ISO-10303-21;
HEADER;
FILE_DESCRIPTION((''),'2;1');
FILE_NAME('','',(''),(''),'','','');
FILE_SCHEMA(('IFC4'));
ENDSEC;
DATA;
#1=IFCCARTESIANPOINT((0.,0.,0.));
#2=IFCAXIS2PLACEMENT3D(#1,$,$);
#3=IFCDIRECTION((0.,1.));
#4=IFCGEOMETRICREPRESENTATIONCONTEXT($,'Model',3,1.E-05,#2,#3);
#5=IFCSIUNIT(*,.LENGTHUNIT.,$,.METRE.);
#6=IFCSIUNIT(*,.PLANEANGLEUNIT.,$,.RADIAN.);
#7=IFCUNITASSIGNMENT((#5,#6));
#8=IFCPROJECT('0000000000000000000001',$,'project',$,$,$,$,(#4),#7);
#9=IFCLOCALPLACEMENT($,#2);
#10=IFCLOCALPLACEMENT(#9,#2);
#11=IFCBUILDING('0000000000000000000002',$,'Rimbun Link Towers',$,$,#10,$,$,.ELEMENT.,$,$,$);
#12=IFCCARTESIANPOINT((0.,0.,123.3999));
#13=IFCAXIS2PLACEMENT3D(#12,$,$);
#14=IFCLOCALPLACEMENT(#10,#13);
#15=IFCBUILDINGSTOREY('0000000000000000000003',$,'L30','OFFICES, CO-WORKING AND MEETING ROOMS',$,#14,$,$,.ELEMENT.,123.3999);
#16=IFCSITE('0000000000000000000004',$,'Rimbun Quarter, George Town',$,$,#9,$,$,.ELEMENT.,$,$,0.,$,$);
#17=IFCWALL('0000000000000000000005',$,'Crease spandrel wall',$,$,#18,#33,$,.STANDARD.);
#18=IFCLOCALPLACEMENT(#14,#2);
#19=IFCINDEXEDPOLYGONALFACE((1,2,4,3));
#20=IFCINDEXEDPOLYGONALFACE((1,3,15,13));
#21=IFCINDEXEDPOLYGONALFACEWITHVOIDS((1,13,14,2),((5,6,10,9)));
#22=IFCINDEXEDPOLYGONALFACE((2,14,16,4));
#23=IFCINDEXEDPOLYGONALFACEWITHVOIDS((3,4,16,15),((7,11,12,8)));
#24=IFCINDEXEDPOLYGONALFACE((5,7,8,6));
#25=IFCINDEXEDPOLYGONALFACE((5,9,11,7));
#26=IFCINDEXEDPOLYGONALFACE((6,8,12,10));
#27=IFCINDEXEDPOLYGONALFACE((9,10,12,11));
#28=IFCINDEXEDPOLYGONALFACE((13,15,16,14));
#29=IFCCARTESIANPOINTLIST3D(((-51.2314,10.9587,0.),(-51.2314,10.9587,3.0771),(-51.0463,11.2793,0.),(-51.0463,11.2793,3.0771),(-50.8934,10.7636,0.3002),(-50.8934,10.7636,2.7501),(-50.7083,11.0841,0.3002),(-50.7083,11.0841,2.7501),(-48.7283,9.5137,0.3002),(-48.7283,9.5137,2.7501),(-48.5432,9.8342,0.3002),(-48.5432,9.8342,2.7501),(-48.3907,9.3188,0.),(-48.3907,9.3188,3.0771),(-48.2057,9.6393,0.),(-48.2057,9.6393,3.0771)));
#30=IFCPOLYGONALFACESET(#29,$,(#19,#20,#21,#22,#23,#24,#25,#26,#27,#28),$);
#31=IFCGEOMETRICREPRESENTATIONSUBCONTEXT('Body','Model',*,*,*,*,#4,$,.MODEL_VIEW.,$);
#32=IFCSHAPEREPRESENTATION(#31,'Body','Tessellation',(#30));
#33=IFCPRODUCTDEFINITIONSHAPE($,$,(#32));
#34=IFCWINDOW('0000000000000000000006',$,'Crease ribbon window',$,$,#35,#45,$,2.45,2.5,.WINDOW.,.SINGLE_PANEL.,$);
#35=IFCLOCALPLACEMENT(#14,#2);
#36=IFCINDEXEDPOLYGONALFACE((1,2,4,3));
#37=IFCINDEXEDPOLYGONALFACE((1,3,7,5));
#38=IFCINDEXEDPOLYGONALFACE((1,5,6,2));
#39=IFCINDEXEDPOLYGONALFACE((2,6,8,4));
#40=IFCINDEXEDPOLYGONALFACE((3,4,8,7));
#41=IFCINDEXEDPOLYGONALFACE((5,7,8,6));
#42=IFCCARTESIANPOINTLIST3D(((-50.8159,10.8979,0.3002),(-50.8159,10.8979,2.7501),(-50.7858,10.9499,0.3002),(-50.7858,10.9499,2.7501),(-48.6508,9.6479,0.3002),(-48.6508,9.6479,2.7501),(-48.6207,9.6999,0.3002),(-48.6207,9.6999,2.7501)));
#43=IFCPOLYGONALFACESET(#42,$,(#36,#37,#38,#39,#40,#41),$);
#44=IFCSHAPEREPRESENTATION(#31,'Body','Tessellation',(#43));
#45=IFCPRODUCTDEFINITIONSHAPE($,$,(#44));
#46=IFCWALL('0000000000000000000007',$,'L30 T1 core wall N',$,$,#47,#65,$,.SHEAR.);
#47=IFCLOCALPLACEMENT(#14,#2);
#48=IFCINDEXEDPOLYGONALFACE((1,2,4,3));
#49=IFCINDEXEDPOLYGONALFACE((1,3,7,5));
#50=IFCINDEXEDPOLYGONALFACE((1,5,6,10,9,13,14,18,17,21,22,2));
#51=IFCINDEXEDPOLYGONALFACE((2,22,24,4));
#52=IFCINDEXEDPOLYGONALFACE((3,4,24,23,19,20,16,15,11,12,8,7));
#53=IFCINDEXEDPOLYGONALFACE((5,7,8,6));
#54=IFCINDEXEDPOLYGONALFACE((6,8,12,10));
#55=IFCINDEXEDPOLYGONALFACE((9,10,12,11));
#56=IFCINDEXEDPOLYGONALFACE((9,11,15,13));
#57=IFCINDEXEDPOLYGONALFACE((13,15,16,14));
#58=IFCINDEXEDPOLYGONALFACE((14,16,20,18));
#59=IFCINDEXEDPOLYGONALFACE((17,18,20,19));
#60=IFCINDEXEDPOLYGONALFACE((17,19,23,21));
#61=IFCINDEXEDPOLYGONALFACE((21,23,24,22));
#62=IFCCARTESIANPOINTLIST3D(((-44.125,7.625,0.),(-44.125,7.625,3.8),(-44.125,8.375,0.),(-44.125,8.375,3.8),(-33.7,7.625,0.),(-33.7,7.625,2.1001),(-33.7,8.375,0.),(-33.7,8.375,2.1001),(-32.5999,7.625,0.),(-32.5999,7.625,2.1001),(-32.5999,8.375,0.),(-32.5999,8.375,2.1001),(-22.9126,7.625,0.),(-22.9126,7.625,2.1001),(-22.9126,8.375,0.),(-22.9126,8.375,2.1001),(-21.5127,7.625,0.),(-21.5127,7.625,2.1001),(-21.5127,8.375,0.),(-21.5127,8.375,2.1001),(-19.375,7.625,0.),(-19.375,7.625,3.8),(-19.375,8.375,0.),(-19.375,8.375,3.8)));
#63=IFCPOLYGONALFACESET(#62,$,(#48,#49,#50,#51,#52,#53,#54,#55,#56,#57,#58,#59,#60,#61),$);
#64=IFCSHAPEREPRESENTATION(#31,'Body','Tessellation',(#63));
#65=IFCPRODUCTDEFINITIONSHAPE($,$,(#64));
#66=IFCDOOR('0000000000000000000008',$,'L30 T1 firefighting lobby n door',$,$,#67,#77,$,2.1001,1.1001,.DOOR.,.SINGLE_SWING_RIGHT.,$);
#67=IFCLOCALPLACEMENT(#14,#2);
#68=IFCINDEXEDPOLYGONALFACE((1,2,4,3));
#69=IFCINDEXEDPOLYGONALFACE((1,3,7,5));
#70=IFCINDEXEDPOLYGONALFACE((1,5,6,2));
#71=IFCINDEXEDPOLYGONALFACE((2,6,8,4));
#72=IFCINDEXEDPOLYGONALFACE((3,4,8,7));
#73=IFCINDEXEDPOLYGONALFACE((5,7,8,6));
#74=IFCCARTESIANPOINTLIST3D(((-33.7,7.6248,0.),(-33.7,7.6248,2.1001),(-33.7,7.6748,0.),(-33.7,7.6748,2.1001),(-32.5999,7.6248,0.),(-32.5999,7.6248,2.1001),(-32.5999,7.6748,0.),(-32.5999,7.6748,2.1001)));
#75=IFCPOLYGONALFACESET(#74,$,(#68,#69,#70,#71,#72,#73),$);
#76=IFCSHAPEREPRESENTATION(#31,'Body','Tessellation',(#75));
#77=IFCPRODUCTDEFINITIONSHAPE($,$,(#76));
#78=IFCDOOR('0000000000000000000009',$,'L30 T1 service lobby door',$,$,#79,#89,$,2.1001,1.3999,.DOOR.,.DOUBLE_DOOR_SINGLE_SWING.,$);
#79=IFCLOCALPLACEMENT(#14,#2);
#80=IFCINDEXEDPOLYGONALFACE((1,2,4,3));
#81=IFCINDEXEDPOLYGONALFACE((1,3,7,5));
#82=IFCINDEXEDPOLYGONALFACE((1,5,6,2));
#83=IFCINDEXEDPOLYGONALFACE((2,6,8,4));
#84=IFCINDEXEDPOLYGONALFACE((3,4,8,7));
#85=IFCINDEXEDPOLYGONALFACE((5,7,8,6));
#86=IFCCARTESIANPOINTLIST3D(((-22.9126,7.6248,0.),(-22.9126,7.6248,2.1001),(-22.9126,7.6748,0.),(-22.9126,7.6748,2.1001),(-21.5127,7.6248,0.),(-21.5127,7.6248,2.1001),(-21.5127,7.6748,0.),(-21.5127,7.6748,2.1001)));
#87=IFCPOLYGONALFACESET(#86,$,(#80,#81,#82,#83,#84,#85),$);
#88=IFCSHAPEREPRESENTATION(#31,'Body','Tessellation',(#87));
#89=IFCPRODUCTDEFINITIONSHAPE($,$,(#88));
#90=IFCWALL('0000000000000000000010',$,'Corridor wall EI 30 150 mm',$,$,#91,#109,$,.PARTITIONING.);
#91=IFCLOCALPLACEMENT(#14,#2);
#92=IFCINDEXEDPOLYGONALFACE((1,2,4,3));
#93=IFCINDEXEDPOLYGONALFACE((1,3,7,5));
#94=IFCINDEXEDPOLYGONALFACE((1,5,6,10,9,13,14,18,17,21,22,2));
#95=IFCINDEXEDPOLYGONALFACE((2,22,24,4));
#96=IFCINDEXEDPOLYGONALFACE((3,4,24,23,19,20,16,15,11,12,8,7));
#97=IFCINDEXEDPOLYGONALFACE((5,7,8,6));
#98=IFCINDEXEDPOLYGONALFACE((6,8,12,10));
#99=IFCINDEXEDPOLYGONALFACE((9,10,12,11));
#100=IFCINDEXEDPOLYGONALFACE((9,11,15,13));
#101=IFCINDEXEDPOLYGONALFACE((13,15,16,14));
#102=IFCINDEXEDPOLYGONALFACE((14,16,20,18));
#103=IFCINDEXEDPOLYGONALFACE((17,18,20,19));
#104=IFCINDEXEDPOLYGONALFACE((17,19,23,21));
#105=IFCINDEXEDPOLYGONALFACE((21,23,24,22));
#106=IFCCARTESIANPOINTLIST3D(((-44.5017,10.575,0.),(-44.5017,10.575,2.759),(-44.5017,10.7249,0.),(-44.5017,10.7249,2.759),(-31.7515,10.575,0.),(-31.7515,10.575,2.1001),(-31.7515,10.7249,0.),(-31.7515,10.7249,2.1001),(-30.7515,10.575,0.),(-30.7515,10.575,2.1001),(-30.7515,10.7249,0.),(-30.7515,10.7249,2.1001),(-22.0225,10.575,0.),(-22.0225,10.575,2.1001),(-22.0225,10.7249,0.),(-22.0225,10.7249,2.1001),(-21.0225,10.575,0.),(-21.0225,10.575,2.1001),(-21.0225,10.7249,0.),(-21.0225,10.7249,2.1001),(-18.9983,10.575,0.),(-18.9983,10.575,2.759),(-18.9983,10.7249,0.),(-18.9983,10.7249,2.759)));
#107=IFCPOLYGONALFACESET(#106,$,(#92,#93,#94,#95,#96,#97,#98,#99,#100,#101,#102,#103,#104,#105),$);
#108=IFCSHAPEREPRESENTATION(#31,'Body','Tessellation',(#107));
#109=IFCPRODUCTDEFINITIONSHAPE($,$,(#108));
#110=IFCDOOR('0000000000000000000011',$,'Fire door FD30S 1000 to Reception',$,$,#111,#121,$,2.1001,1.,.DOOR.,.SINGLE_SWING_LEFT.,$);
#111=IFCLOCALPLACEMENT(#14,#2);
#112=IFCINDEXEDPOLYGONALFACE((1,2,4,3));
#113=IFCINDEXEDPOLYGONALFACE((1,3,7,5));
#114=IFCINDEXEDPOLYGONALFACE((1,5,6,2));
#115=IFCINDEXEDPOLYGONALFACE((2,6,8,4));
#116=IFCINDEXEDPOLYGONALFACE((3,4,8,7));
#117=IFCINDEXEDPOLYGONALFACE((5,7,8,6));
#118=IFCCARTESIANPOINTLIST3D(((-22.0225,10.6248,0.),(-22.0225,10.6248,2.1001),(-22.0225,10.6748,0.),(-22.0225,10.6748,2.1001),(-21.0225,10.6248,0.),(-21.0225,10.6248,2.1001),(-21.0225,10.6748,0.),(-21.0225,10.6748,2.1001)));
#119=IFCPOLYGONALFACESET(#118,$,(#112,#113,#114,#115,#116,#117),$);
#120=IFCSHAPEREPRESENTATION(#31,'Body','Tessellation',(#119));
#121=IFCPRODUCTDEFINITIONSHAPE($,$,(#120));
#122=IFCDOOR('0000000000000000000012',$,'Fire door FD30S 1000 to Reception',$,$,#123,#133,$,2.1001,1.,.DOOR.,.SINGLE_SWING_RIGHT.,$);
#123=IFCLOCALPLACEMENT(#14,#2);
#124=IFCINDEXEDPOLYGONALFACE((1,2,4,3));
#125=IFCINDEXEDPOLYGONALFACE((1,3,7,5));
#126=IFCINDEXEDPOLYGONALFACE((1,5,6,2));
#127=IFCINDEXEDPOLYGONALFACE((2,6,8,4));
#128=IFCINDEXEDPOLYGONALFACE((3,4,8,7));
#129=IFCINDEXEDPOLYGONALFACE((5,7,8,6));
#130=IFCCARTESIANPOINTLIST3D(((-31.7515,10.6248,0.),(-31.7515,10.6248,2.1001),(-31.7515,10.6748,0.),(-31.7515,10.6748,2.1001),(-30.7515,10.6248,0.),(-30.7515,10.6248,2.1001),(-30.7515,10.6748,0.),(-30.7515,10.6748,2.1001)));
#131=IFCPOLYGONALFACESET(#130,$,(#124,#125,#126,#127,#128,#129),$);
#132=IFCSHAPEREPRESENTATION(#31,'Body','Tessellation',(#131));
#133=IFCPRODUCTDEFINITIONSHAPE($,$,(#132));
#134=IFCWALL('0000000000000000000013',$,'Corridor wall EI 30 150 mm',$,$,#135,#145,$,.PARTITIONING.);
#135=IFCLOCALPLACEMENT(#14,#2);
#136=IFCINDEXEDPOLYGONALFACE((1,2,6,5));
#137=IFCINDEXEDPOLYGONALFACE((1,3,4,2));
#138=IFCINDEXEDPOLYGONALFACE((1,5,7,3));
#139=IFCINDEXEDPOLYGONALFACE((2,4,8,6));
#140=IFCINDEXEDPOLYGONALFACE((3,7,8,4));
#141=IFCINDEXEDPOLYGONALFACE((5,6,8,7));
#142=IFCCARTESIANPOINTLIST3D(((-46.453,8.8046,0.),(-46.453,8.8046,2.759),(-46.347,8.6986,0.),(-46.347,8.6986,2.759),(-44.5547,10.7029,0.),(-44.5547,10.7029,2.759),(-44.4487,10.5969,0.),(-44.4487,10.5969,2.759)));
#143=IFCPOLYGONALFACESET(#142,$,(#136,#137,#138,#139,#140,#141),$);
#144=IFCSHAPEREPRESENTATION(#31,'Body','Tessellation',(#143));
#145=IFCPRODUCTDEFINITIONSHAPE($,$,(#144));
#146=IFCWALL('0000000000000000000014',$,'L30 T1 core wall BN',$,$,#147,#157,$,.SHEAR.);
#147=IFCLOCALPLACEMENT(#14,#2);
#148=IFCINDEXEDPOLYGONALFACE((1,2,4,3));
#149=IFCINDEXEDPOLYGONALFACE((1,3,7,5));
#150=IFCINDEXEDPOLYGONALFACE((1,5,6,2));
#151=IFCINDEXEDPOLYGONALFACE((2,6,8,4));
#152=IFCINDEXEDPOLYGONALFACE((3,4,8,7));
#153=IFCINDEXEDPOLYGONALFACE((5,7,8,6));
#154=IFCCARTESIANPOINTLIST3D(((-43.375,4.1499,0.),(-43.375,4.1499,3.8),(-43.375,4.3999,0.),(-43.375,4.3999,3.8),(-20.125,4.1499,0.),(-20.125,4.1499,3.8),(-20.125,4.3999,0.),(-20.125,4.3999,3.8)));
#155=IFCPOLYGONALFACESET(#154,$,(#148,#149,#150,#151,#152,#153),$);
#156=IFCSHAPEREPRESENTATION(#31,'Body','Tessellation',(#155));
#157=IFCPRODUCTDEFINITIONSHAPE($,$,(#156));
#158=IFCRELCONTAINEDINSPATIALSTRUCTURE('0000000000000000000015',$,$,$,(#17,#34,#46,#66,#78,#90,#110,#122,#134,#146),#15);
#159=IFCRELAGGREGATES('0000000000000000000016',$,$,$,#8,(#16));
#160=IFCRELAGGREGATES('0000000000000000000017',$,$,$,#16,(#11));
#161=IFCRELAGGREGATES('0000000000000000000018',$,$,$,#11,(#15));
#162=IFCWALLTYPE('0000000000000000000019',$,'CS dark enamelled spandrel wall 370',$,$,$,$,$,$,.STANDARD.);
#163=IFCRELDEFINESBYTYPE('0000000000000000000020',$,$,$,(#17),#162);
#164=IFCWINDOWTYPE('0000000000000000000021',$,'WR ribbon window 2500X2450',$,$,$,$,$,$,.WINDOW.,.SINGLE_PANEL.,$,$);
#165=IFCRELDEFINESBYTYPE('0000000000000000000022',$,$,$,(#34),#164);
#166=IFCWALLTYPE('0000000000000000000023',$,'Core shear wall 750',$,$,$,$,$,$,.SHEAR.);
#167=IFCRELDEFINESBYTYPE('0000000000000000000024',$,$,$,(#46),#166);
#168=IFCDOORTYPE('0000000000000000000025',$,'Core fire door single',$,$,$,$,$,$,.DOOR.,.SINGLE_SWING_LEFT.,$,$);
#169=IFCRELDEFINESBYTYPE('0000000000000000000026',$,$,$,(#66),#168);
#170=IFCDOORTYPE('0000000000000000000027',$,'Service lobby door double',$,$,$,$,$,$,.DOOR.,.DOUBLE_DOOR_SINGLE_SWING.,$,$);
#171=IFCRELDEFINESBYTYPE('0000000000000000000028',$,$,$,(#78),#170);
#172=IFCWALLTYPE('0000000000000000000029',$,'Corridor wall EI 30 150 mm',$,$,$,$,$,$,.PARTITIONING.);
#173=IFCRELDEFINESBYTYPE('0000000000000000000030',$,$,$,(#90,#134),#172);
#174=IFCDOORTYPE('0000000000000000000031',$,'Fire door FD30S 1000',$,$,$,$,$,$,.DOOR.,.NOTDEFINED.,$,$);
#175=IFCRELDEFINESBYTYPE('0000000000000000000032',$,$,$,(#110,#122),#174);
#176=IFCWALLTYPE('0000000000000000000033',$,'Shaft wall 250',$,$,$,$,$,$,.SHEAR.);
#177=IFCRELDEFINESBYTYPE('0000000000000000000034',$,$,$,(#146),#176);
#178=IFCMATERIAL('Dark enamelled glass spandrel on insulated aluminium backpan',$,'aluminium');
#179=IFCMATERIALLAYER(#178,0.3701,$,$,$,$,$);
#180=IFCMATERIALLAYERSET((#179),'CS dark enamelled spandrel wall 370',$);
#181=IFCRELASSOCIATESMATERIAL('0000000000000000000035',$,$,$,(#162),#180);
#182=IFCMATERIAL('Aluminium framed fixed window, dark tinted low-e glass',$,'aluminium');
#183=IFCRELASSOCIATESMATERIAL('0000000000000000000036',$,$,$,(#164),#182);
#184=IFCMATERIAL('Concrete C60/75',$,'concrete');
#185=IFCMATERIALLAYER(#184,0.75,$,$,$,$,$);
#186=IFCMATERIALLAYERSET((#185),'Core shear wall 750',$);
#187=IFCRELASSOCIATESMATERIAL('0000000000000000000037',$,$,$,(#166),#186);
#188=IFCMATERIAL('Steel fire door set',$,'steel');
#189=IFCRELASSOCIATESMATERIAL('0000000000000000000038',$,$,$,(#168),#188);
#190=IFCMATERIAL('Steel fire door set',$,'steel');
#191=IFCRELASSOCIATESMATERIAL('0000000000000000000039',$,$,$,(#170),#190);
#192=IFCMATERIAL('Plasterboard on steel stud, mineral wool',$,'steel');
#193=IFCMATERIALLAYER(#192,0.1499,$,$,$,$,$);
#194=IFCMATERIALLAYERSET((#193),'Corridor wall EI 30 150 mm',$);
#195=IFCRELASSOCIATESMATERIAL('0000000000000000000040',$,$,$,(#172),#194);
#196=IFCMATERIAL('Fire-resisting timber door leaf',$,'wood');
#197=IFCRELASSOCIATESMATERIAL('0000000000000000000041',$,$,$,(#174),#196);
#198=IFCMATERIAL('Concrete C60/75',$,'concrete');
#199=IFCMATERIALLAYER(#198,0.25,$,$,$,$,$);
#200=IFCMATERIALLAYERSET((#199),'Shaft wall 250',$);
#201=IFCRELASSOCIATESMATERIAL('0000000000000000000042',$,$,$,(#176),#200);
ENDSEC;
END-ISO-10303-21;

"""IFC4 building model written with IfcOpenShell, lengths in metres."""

from ifc_helpers import new_model, si_unit, direction, frame, frame_2d, origin, place, context, subcontext, project, spatial, rectangle, extrude, material, layer, layer_set, type_object, element, fill, save


model = new_model("IFC4")

# Units and contexts
model_context = context("Model", 3, precision=1e-05, world=origin(), true_north=direction((0.0, 1.0)))
body_context = subcontext(model_context, "Body", "Model", "MODEL_VIEW")
ifc_project = project(units=[si_unit("LENGTHUNIT", "METRE"), si_unit("PLANEANGLEUNIT", "RADIAN")], contexts=[model_context])

# Site, building, storey
site_placement = place(None, origin())
site = spatial("IfcSite", under=ifc_project, at=site_placement, Name="Rimbun Quarter, George Town", CompositionType="ELEMENT", RefElevation=0.0)
building_placement = place(site_placement, origin())
building = spatial("IfcBuilding", under=site, at=building_placement, Name="Rimbun Link Towers", CompositionType="ELEMENT")
storey_placement = place(building_placement, frame((0.0, 0.0, 123.3999)))
storey = spatial("IfcBuildingStorey", under=building, at=storey_placement, Name="L30", Description="OFFICES, CO-WORKING AND MEETING ROOMS", CompositionType="ELEMENT", Elevation=123.3999)

# Wall, opening, window
ifc_material_1 = material(Name="Dark enamelled glass spandrel on insulated aluminium backpan", Category="aluminium")
ifc_layer_1 = layer(ifc_material_1, 0.3701)
ifc_layer_set_1 = layer_set([ifc_layer_1], Name="CS dark enamelled spandrel wall 370")
wall_type_1 = type_object("IfcWallType", Name="CS dark enamelled spandrel wall 370", PredefinedType="STANDARD", material=ifc_layer_set_1)
wall_1_placement = place(storey_placement, frame((-48.2981, 9.479, 0.0), z_axis=(0.0, 0.0, 1.0), x_axis=(-0.866041, 0.499974, 0.0)))
wall_1 = element("IfcWall", 1, at=wall_1_placement, inside=storey, type_object=wall_type_1, Name="Crease spandrel wall", PredefinedType="STANDARD", context=body_context, shape_type="SweptSolid", body=[
    extrude(rectangle(XDim=3.28, YDim=0.3701, at=frame_2d((1.6401, 0.0))), origin(), (0.0, 0.0, 1.0), 3.0771),
])
opening_1_placement = place(wall_1_placement, frame((0.3899, 0.0, 0.3)))
opening_1 = element("IfcOpeningElement", 2, at=opening_1_placement, cuts=wall_1, PredefinedType="OPENING", context=body_context, shape_type="SweptSolid", body=[
    extrude(rectangle(XDim=2.5, YDim=2.45, at=frame_2d((1.25, 1.2251))), frame((0.0, 0.1951, 0.0), z_axis=(0.0, -1.0, 0.0), x_axis=(1.0, 0.0, 0.0)), (0.0, 0.0, 1.0), 0.3901),
])
ifc_material_2 = material(Name="Aluminium framed fixed window, dark tinted low-e glass", Category="aluminium")
window_type_1 = type_object("IfcWindowType", Name="WR ribbon window 2500X2450", PartitioningType="SINGLE_PANEL", PredefinedType="WINDOW", material=ifc_material_2)
window_1_placement = place(opening_1_placement, origin())
window_1 = element("IfcWindow", 3, at=window_1_placement, inside=storey, type_object=window_type_1, Name="Crease ribbon window", OverallHeight=2.45, OverallWidth=2.5, PartitioningType="SINGLE_PANEL", PredefinedType="WINDOW", context=body_context, shape_type="SweptSolid", body=[
    extrude(rectangle(XDim=2.5, YDim=2.45, at=frame_2d((1.25, 1.2251))), frame((0.0, 0.03, 0.0), z_axis=(0.0, -1.0, 0.0), x_axis=(1.0, 0.0, 0.0)), (0.0, 0.0, 1.0), 0.0601),
])
fill(opening_1, window_1)

# Walls, openings, doors
ifc_material_3 = material(Name="Concrete C60/75", Category="concrete")
ifc_layer_2 = layer(ifc_material_3, 0.75)
ifc_layer_set_2 = layer_set([ifc_layer_2], Name="Core shear wall 750")
wall_type_2 = type_object("IfcWallType", Name="Core shear wall 750", PredefinedType="SHEAR", material=ifc_layer_set_2)
wall_2_placement = place(storey_placement, frame((-44.125, 8.0, 0.0), z_axis=(0.0, 0.0, 1.0), x_axis=(1.0, 0.0, 0.0)))
wall_2 = element("IfcWall", 4, at=wall_2_placement, inside=storey, type_object=wall_type_2, Name="L30 T1 core wall N", PredefinedType="SHEAR", context=body_context, shape_type="SweptSolid", body=[
    extrude(rectangle(XDim=24.75, YDim=0.75, at=frame_2d((12.375, 0.0))), origin(), (0.0, 0.0, 1.0), 3.8),
])
opening_2_placement = place(wall_2_placement, frame((10.425, 0.0, 0.0)))
opening_2 = element("IfcOpeningElement", 5, at=opening_2_placement, cuts=wall_2, PredefinedType="OPENING", context=body_context, shape_type="SweptSolid", body=[
    extrude(rectangle(XDim=1.1001, YDim=2.1001, at=frame_2d((0.55, 1.05))), frame((0.0, 0.385, 0.0), z_axis=(0.0, -1.0, 0.0), x_axis=(1.0, 0.0, 0.0)), (0.0, 0.0, 1.0), 0.77),
])
opening_3_placement = place(wall_2_placement, frame((21.2124, 0.0, 0.0)))
opening_3 = element("IfcOpeningElement", 6, at=opening_3_placement, cuts=wall_2, PredefinedType="OPENING", context=body_context, shape_type="SweptSolid", body=[
    extrude(rectangle(XDim=1.3999, YDim=2.1001, at=frame_2d((0.7, 1.05))), frame((0.0, 0.385, 0.0), z_axis=(0.0, -1.0, 0.0), x_axis=(1.0, 0.0, 0.0)), (0.0, 0.0, 1.0), 0.77),
])
ifc_material_4 = material(Name="Steel fire door set", Category="steel")
door_type_1 = type_object("IfcDoorType", Name="Core fire door single", OperationType="SINGLE_SWING_LEFT", PredefinedType="DOOR", material=ifc_material_4)
door_1_placement = place(opening_2_placement, origin())
door_1 = element("IfcDoor", 7, at=door_1_placement, inside=storey, type_object=door_type_1, Name="L30 T1 firefighting lobby n door", OperationType="SINGLE_SWING_RIGHT", OverallHeight=2.1001, OverallWidth=1.1001, PredefinedType="DOOR", context=body_context, shape_type="SweptSolid", body=[
    extrude(rectangle(XDim=1.1001, YDim=2.1001, at=frame_2d((0.55, 1.05))), frame((0.0, -0.3252, 0.0), z_axis=(0.0, -1.0, 0.0), x_axis=(1.0, 0.0, 0.0)), (0.0, 0.0, 1.0), 0.05),
])
fill(opening_2, door_1)
ifc_material_5 = material(Name="Steel fire door set", Category="steel")
door_type_2 = type_object("IfcDoorType", Name="Service lobby door double", OperationType="DOUBLE_DOOR_SINGLE_SWING", PredefinedType="DOOR", material=ifc_material_5)
door_2_placement = place(opening_3_placement, origin())
door_2 = element("IfcDoor", 8, at=door_2_placement, inside=storey, type_object=door_type_2, Name="L30 T1 service lobby door", OperationType="DOUBLE_DOOR_SINGLE_SWING", OverallHeight=2.1001, OverallWidth=1.3999, PredefinedType="DOOR", context=body_context, shape_type="SweptSolid", body=[
    extrude(rectangle(XDim=1.3999, YDim=2.1001, at=frame_2d((0.7, 1.05))), frame((0.0, -0.3252, 0.0), z_axis=(0.0, -1.0, 0.0), x_axis=(1.0, 0.0, 0.0)), (0.0, 0.0, 1.0), 0.05),
])
fill(opening_3, door_2)
ifc_material_6 = material(Name="Plasterboard on steel stud, mineral wool", Category="steel")
ifc_layer_3 = layer(ifc_material_6, 0.1499)
ifc_layer_set_3 = layer_set([ifc_layer_3], Name="Corridor wall EI 30 150 mm")
wall_type_3 = type_object("IfcWallType", Name="Corridor wall EI 30 150 mm", PredefinedType="PARTITIONING", material=ifc_layer_set_3)
wall_3_placement = place(storey_placement, frame((-44.5017, 10.6499, 0.0), z_axis=(0.0, 0.0, 1.0), x_axis=(1.0, 0.0, 0.0)))
wall_3 = element("IfcWall", 9, at=wall_3_placement, inside=storey, type_object=wall_type_3, Name="Corridor wall EI 30 150 mm", PredefinedType="PARTITIONING", context=body_context, shape_type="SweptSolid", body=[
    extrude(rectangle(XDim=25.5034, YDim=0.1499, at=frame_2d((12.7517, 0.0))), origin(), (0.0, 0.0, 1.0), 2.759),
])
opening_4_placement = place(wall_3_placement, frame((22.4792, 0.0, 0.0)))
opening_4 = element("IfcOpeningElement", 10, at=opening_4_placement, cuts=wall_3, PredefinedType="OPENING", context=body_context, shape_type="SweptSolid", body=[
    extrude(rectangle(XDim=1.0, YDim=2.1001, at=frame_2d((0.5, 1.05))), frame((0.0, 0.085, 0.0), z_axis=(0.0, -1.0, 0.0), x_axis=(1.0, 0.0, 0.0)), (0.0, 0.0, 1.0), 0.1699),
])
opening_5_placement = place(wall_3_placement, frame((12.7502, 0.0, 0.0)))
opening_5 = element("IfcOpeningElement", 11, at=opening_5_placement, cuts=wall_3, PredefinedType="OPENING", context=body_context, shape_type="SweptSolid", body=[
    extrude(rectangle(XDim=1.0, YDim=2.1001, at=frame_2d((0.5, 1.05))), frame((0.0, 0.085, 0.0), z_axis=(0.0, -1.0, 0.0), x_axis=(1.0, 0.0, 0.0)), (0.0, 0.0, 1.0), 0.1699),
])
ifc_material_7 = material(Name="Fire-resisting timber door leaf", Category="wood")
door_type_3 = type_object("IfcDoorType", Name="Fire door FD30S 1000", OperationType="NOTDEFINED", PredefinedType="DOOR", material=ifc_material_7)
door_3_placement = place(opening_4_placement, origin())
door_3 = element("IfcDoor", 12, at=door_3_placement, inside=storey, type_object=door_type_3, Name="Fire door FD30S 1000 to Reception", OperationType="SINGLE_SWING_LEFT", OverallHeight=2.1001, OverallWidth=1.0, PredefinedType="DOOR", context=body_context, shape_type="SweptSolid", body=[
    extrude(rectangle(XDim=1.0, YDim=2.1001, at=frame_2d((0.5, 1.05))), frame((0.0, 0.0249, 0.0), z_axis=(0.0, -1.0, 0.0), x_axis=(1.0, 0.0, 0.0)), (0.0, 0.0, 1.0), 0.05),
])
fill(opening_4, door_3)
door_4_placement = place(opening_5_placement, origin())
door_4 = element("IfcDoor", 13, at=door_4_placement, inside=storey, type_object=door_type_3, Name="Fire door FD30S 1000 to Reception", OperationType="SINGLE_SWING_RIGHT", OverallHeight=2.1001, OverallWidth=1.0, PredefinedType="DOOR", context=body_context, shape_type="SweptSolid", body=[
    extrude(rectangle(XDim=1.0, YDim=2.1001, at=frame_2d((0.5, 1.05))), frame((0.0, 0.0249, 0.0), z_axis=(0.0, -1.0, 0.0), x_axis=(1.0, 0.0, 0.0)), (0.0, 0.0, 1.0), 0.05),
])
fill(opening_5, door_4)

# Walls
wall_4_placement = place(storey_placement, frame((-44.5017, 10.6499, 0.0), z_axis=(0.0, 0.0, 1.0), x_axis=(-0.707107, -0.707107, 0.0)))
element("IfcWall", 14, at=wall_4_placement, inside=storey, type_object=wall_type_3, Name="Corridor wall EI 30 150 mm", PredefinedType="PARTITIONING", context=body_context, shape_type="SweptSolid", body=[
    extrude(rectangle(XDim=2.6846, YDim=0.1499, at=frame_2d((1.3423, 0.0))), origin(), (0.0, 0.0, 1.0), 2.759),
])
ifc_material_8 = material(Name="Concrete C60/75", Category="concrete")
ifc_layer_4 = layer(ifc_material_8, 0.25)
ifc_layer_set_4 = layer_set([ifc_layer_4], Name="Shaft wall 250")
wall_type_4 = type_object("IfcWallType", Name="Shaft wall 250", PredefinedType="SHEAR", material=ifc_layer_set_4)
wall_5_placement = place(storey_placement, frame((-43.375, 4.2749, 0.0), z_axis=(0.0, 0.0, 1.0), x_axis=(1.0, 0.0, 0.0)))
element("IfcWall", 15, at=wall_5_placement, inside=storey, type_object=wall_type_4, Name="L30 T1 core wall BN", PredefinedType="SHEAR", context=body_context, shape_type="SweptSolid", body=[
    extrude(rectangle(XDim=23.25, YDim=0.25, at=frame_2d((11.625, 0.0))), origin(), (0.0, 0.0, 1.0), 3.8),
])

save(model, "model.ifc")
